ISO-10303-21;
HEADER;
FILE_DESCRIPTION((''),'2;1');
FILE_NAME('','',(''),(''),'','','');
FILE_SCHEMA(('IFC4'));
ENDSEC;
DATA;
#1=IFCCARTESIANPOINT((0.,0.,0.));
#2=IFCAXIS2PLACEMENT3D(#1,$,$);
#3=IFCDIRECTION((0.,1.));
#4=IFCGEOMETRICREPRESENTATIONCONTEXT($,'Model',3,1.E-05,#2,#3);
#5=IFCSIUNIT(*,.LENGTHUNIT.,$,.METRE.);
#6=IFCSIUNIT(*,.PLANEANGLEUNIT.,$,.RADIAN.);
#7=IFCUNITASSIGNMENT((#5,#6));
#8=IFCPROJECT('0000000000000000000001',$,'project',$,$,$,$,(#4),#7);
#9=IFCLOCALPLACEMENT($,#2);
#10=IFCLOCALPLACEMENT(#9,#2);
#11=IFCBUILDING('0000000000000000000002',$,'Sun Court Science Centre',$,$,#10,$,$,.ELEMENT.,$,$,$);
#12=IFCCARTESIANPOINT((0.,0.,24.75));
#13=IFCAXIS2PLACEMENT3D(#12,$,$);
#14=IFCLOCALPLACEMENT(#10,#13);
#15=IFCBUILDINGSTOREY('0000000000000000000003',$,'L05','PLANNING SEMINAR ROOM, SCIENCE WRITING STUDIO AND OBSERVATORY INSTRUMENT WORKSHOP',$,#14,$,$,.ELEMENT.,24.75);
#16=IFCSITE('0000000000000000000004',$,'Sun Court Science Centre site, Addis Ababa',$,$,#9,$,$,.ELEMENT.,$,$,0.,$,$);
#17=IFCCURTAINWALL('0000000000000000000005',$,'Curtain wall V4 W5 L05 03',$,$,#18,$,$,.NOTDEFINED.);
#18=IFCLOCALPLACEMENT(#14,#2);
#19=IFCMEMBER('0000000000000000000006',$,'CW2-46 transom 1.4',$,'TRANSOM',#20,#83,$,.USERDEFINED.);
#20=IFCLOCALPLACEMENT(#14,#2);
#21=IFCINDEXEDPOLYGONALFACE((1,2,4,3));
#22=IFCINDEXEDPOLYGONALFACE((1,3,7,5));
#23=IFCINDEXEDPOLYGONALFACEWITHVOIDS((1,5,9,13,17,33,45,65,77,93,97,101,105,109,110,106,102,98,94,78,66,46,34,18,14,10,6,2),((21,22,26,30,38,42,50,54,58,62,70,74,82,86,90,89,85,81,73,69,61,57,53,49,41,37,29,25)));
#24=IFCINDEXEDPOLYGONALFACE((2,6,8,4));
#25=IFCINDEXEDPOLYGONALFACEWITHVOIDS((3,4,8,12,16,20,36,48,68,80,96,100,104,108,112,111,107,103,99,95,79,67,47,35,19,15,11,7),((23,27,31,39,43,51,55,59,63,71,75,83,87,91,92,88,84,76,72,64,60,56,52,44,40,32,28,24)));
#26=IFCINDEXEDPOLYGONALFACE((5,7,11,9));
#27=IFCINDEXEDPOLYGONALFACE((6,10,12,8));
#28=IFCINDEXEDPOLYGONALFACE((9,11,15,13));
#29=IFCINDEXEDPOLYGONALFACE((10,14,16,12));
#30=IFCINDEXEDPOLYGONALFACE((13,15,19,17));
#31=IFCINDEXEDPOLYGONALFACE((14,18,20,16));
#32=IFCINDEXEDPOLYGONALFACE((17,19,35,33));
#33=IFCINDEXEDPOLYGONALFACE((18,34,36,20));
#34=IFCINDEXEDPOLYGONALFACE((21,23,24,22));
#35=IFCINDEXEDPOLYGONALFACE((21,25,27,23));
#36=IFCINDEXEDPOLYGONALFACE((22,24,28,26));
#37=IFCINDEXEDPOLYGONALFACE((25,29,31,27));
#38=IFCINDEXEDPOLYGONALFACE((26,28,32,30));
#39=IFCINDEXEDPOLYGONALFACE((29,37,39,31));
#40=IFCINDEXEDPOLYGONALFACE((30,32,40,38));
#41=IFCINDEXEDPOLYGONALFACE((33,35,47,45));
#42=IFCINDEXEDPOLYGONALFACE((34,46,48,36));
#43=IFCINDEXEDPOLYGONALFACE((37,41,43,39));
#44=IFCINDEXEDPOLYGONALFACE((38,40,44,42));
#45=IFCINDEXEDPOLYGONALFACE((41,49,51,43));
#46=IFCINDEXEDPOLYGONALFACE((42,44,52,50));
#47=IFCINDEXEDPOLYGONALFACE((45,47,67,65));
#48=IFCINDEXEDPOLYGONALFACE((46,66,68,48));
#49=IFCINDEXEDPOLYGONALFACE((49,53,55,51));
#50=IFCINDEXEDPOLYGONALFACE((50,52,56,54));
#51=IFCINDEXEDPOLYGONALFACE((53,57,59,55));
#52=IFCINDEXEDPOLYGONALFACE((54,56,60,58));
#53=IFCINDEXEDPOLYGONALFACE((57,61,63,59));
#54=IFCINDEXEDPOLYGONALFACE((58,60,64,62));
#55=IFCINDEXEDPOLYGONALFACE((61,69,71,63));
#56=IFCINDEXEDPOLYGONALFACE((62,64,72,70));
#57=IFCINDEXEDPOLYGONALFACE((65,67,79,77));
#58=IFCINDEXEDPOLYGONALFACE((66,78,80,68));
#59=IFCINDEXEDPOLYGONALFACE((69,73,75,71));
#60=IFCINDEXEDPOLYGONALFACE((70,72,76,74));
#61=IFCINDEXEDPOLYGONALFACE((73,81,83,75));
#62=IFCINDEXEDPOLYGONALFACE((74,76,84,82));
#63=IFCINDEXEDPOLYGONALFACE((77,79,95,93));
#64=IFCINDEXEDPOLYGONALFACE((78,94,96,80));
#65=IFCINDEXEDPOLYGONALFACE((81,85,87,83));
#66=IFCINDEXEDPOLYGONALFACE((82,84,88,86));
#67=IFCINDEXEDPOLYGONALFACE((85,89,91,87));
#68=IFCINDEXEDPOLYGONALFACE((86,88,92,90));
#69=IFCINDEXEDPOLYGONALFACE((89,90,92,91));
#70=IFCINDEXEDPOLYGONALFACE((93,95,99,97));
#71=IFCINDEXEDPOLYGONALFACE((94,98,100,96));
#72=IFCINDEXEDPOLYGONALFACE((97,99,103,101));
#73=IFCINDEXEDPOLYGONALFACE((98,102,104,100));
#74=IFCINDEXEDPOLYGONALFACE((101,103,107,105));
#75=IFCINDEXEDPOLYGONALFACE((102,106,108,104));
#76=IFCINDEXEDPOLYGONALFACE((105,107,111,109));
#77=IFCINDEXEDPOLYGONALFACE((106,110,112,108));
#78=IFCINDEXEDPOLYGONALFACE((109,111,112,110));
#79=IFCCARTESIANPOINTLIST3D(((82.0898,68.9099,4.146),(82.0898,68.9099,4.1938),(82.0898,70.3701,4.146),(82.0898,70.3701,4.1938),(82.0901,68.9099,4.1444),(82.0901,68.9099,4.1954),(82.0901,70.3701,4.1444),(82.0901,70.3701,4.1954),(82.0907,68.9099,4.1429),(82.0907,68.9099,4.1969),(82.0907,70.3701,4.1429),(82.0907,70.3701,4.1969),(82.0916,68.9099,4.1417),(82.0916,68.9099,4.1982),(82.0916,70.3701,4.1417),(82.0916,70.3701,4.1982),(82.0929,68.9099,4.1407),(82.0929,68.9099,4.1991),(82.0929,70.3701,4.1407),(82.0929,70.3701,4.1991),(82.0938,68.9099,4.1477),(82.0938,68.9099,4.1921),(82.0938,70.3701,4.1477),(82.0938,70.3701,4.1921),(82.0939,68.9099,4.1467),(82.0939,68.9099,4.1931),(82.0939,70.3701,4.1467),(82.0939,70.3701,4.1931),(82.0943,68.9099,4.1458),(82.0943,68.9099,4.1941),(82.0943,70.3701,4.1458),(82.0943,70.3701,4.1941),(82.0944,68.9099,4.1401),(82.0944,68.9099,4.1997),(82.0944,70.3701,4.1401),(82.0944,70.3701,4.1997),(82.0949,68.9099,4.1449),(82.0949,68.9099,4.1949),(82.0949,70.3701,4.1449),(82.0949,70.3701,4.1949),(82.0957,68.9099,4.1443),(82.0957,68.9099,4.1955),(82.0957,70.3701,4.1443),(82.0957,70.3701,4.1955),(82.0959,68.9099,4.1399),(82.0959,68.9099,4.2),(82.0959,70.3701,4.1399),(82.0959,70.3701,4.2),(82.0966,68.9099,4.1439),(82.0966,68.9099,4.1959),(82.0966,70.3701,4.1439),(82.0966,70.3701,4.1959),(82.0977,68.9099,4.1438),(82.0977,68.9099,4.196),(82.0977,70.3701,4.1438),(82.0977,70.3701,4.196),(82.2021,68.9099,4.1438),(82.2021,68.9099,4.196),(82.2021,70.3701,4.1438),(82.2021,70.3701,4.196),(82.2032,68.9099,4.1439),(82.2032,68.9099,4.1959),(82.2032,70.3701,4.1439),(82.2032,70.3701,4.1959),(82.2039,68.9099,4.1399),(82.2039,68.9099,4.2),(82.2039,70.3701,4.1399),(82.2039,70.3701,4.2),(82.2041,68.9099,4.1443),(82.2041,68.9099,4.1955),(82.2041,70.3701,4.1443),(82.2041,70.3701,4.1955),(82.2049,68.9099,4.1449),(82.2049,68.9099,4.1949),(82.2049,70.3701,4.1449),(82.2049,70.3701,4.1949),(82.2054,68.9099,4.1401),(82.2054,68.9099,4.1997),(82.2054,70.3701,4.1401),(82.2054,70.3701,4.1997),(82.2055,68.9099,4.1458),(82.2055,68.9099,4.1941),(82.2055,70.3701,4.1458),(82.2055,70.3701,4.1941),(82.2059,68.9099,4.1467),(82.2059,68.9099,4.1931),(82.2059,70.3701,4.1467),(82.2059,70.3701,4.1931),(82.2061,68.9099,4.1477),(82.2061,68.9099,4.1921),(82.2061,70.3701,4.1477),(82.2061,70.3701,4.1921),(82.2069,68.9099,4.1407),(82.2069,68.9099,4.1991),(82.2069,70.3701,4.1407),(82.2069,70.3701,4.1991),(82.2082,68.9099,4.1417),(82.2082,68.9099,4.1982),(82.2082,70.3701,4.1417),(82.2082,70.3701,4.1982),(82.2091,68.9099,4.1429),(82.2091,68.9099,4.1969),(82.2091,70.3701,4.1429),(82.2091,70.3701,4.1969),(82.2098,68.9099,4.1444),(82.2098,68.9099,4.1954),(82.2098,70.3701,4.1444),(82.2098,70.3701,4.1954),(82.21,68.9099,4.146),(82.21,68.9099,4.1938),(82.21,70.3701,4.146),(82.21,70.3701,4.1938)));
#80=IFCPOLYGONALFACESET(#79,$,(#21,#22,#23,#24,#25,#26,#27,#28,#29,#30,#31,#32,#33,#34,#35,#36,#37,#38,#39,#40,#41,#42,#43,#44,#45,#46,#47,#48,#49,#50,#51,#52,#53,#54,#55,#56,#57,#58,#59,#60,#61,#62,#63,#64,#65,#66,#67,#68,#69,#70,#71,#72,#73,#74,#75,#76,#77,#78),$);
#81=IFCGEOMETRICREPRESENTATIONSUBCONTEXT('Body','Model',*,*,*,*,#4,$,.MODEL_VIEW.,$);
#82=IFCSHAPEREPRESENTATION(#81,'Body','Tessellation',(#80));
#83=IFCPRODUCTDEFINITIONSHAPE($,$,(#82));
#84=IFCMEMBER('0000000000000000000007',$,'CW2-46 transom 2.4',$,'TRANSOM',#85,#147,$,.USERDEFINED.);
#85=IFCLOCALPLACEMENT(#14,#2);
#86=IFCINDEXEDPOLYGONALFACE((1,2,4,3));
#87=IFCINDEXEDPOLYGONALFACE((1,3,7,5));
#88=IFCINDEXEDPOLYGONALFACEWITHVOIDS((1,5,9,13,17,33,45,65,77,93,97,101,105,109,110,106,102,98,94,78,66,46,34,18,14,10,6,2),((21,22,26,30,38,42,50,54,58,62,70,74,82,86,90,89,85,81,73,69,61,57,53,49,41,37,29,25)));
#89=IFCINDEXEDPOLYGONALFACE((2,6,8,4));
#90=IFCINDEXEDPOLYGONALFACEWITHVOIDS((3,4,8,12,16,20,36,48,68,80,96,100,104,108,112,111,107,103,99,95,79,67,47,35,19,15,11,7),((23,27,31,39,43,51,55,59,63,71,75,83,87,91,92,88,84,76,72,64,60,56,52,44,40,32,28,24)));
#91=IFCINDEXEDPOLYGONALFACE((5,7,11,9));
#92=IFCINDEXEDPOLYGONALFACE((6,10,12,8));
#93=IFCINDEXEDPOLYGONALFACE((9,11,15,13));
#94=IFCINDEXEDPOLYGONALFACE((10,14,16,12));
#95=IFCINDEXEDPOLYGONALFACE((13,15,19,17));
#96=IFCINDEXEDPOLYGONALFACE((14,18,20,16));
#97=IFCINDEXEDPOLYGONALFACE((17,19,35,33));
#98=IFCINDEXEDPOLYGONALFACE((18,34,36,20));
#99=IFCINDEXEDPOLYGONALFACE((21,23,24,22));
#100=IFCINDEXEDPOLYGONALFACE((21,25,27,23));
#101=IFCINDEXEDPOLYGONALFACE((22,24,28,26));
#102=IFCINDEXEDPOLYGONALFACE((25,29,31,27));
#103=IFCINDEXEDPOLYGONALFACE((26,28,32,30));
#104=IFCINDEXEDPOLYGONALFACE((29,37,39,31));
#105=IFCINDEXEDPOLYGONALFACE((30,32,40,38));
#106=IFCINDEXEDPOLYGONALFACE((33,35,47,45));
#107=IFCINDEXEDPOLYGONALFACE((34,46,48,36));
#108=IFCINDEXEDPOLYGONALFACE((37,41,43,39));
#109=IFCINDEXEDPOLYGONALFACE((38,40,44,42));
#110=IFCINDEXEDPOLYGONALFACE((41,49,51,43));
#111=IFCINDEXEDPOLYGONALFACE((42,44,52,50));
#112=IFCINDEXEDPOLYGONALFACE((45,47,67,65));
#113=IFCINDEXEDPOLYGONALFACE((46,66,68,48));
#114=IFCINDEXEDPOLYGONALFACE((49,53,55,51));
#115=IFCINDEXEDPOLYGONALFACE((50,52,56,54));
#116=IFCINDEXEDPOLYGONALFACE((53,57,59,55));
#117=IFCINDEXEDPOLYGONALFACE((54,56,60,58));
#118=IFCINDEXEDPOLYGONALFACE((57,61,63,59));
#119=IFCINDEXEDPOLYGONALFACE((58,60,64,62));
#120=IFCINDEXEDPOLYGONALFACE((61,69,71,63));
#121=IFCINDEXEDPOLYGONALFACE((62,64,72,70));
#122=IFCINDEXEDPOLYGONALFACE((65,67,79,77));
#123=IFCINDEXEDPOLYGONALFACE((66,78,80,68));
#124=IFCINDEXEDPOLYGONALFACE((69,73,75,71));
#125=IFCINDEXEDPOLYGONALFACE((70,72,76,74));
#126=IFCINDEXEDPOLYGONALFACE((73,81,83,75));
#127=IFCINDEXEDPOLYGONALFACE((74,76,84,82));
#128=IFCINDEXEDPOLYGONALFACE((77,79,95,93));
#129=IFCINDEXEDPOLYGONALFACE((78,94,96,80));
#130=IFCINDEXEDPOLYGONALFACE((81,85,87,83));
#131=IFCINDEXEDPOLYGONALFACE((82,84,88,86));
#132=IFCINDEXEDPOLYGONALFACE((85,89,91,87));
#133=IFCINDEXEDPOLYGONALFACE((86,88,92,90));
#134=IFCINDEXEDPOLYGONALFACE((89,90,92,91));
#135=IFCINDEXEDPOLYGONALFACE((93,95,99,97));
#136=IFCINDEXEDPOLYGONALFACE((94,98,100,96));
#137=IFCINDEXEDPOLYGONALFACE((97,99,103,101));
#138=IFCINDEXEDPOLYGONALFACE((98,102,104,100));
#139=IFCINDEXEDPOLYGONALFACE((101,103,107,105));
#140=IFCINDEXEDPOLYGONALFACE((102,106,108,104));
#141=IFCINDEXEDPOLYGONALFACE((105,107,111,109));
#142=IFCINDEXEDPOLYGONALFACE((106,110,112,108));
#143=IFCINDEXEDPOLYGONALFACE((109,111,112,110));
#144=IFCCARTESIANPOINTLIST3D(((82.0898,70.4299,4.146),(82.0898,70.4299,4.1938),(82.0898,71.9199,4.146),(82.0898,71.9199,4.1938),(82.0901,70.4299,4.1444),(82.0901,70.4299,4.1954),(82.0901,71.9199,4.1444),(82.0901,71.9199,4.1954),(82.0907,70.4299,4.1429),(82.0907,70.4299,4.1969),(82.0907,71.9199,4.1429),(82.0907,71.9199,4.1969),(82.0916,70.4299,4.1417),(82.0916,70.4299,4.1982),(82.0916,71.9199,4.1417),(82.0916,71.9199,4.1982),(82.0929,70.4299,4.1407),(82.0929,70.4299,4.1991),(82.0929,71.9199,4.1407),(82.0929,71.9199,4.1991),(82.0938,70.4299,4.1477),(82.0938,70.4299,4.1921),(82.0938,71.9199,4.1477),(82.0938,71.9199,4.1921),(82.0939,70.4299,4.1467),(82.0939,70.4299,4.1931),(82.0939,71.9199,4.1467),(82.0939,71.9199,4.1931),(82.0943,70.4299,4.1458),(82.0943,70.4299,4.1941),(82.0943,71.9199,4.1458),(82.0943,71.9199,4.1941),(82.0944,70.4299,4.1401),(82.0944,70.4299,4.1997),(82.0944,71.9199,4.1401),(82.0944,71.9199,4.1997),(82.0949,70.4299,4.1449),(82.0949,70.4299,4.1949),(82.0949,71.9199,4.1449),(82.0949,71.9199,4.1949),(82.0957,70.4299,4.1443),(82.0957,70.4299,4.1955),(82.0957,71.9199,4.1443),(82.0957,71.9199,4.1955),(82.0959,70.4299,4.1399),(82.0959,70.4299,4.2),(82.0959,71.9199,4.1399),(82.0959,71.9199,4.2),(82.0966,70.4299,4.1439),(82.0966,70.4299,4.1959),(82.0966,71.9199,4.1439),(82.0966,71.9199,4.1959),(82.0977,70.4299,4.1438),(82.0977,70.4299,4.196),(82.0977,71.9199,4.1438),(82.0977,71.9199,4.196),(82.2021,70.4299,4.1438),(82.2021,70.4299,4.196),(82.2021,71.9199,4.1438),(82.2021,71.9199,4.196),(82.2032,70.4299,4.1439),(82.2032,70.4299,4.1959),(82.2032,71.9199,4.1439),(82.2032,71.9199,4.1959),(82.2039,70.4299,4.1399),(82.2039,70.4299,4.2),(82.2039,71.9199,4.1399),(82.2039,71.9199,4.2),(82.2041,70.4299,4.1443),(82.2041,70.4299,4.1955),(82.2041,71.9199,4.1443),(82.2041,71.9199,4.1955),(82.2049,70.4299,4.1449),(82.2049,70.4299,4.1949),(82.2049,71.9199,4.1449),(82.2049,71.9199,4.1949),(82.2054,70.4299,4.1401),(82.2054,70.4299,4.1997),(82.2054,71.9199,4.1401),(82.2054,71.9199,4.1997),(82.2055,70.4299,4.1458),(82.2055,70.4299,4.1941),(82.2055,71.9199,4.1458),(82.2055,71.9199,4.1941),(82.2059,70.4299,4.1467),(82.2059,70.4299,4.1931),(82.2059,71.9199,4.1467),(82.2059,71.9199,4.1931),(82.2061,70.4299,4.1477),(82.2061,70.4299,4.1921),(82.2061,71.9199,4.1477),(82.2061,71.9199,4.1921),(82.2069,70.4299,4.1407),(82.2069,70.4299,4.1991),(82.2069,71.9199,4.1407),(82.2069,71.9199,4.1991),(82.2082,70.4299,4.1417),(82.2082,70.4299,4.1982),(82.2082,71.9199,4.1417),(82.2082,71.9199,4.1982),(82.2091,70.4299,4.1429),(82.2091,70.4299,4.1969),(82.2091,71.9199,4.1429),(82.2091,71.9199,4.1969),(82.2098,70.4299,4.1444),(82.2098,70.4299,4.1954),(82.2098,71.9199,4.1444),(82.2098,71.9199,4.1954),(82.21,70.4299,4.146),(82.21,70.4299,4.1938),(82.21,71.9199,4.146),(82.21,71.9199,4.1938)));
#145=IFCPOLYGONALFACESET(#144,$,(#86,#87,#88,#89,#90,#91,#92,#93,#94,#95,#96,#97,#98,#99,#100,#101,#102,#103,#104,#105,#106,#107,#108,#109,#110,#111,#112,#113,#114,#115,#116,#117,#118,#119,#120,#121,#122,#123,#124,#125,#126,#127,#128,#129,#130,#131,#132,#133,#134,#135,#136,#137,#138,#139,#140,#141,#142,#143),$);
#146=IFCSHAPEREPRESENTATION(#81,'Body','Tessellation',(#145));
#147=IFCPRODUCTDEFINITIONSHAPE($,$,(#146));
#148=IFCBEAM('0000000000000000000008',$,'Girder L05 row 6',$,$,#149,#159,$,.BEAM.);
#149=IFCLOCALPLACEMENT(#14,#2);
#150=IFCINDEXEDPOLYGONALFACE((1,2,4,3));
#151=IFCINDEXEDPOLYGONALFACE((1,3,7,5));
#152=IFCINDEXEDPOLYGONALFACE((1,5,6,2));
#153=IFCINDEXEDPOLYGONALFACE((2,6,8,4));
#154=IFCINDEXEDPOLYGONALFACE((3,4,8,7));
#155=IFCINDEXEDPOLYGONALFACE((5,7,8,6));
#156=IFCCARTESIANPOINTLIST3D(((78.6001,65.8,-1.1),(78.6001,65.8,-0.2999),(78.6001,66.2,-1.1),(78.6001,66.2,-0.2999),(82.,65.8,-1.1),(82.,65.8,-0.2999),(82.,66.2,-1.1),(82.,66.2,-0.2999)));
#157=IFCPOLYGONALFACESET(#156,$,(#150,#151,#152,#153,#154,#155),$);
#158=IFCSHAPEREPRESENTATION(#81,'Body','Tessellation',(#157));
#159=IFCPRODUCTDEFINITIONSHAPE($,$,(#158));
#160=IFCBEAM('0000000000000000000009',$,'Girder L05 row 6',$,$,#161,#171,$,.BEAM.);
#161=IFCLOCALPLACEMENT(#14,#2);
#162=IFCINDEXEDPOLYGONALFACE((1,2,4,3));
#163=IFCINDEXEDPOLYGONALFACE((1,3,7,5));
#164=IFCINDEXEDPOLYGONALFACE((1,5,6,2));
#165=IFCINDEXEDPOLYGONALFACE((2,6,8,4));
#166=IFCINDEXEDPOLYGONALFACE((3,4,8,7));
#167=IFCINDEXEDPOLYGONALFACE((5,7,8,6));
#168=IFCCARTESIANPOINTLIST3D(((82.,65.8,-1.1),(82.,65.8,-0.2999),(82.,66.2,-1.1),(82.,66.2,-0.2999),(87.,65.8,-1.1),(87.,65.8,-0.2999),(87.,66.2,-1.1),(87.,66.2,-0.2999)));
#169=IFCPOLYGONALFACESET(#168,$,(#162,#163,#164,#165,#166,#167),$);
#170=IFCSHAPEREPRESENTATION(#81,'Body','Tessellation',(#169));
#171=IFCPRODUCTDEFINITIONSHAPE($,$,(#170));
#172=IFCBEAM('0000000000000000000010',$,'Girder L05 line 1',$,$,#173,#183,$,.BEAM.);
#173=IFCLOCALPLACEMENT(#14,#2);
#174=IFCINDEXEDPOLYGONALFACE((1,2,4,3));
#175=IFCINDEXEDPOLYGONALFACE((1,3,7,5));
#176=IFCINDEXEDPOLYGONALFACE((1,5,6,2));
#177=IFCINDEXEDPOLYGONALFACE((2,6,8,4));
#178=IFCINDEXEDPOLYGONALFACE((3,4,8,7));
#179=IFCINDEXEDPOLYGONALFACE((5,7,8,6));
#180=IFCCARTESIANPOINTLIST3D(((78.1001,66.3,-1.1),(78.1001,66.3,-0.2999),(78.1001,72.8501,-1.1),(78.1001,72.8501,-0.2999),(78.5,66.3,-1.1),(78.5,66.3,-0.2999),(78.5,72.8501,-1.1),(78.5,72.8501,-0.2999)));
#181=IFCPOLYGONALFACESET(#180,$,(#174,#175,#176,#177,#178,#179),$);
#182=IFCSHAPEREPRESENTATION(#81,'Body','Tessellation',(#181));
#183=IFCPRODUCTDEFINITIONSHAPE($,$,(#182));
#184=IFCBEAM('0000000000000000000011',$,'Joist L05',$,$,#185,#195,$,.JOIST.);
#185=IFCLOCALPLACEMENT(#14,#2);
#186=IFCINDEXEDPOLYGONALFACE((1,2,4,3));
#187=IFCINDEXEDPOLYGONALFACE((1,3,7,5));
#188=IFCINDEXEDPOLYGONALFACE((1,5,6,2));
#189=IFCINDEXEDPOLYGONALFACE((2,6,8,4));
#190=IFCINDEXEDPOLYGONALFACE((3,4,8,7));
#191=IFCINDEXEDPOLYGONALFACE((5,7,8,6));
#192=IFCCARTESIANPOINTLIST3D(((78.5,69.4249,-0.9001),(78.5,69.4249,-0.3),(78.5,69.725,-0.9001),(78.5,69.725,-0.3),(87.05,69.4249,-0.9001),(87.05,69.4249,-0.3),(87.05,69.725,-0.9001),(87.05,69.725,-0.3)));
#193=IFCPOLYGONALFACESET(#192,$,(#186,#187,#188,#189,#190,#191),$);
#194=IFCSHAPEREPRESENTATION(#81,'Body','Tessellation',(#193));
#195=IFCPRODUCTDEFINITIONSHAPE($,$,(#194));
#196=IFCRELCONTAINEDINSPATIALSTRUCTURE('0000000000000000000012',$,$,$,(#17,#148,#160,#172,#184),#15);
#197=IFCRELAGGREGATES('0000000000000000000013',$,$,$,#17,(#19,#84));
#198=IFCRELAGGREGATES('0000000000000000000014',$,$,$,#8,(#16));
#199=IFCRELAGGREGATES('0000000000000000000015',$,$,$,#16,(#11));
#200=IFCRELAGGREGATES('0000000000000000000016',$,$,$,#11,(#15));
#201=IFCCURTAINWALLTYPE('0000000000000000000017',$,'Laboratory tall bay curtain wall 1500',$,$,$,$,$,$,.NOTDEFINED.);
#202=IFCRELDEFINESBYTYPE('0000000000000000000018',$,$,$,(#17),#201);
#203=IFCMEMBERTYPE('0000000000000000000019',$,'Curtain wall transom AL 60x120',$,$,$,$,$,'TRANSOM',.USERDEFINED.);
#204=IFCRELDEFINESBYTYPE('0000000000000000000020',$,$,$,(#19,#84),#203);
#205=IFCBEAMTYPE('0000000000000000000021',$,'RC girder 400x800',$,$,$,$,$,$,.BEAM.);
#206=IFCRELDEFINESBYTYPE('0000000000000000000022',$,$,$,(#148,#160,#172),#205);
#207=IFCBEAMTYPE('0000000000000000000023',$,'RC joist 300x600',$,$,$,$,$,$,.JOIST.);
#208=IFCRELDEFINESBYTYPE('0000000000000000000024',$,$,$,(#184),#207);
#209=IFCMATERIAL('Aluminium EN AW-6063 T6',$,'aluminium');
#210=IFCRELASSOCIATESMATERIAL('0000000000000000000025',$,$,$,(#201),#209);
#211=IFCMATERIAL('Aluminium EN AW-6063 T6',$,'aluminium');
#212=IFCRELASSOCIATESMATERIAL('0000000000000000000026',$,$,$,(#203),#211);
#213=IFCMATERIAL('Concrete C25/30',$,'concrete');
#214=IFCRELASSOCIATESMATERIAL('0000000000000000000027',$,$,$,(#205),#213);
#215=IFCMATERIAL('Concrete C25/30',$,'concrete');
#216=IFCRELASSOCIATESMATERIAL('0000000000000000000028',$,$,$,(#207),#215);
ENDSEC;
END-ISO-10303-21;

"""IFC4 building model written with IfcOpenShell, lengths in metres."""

from ifc_helpers import new_model, si_unit, direction, frame, origin, origin_2d, place, context, subcontext, project, spatial, rectangle, hollow_rectangle, extrude, material, material_profile, profile_set, type_object, element, aggregate, save


model = new_model("IFC4")

# Units and contexts
model_context = context("Model", 3, precision=1e-05, world=origin(), true_north=direction((0.0, 1.0)))
body_context = subcontext(model_context, "Body", "Model", "MODEL_VIEW")
ifc_project = project(units=[si_unit("LENGTHUNIT", "METRE"), si_unit("PLANEANGLEUNIT", "RADIAN")], contexts=[model_context])

# Site, building, storey
site_placement = place(None, origin())
site = spatial("IfcSite", under=ifc_project, at=site_placement, Name="Sun Court Science Centre site, Addis Ababa", CompositionType="ELEMENT", RefElevation=0.0)
building_placement = place(site_placement, origin())
building = spatial("IfcBuilding", under=site, at=building_placement, Name="Sun Court Science Centre", CompositionType="ELEMENT")
storey_placement = place(building_placement, frame((0.0, 0.0, 24.75)))
storey = spatial("IfcBuildingStorey", under=building, at=storey_placement, Name="L05", Description="PLANNING SEMINAR ROOM, SCIENCE WRITING STUDIO AND OBSERVATORY INSTRUMENT WORKSHOP", CompositionType="ELEMENT", Elevation=24.75)

# Curtain wall, members
ifc_material_1 = material(Name="Aluminium EN AW-6063 T6", Category="aluminium")
curtain_wall_type = type_object("IfcCurtainWallType", Name="Laboratory tall bay curtain wall 1500", PredefinedType="NOTDEFINED", material=ifc_material_1)
curtain_wall_placement = place(storey_placement, origin())
curtain_wall = element("IfcCurtainWall", 1, at=curtain_wall_placement, inside=storey, type_object=curtain_wall_type, Name="Curtain wall V4 W5 L05 03", PredefinedType="NOTDEFINED")
ifc_material_2 = material(Name="Aluminium EN AW-6063 T6", Category="aluminium")
ifc_material_profile_1 = material_profile(ifc_material_2, hollow_rectangle(XDim=0.0601, YDim=0.1201, WallThickness=0.0039, InnerFilletRadius=0.0039, OuterFilletRadius=0.0061, at=origin_2d()), Name="AL 60x120x4")
ifc_profile_set_1 = profile_set([ifc_material_profile_1], Name="Aluminium EN AW-6063 T6")
member_type_1 = type_object("IfcMemberType", Name="Curtain wall transom AL 60x120", ElementType="TRANSOM", PredefinedType="USERDEFINED", material=ifc_profile_set_1)
member_1_placement = place(storey_placement, frame((82.1499, 68.9099, 4.1699), z_axis=(0.0, 1.0, 0.0), x_axis=(0.0, 0.0, 1.0)))
member_1 = element("IfcMember", 2, at=member_1_placement, type_object=member_type_1, Name="CW2-46 transom 1.4", ObjectType="TRANSOM", PredefinedType="USERDEFINED", context=body_context, shape_type="SweptSolid", body=[
    extrude(hollow_rectangle(XDim=0.0601, YDim=0.1201, WallThickness=0.0039, InnerFilletRadius=0.0039, OuterFilletRadius=0.0061, at=origin_2d()), origin(), (0.0, 0.0, 1.0), 1.4602),
])
member_2_placement = place(storey_placement, frame((82.1499, 70.4299, 4.1699), z_axis=(0.0, 1.0, 0.0), x_axis=(0.0, 0.0, 1.0)))
member_2 = element("IfcMember", 3, at=member_2_placement, type_object=member_type_1, Name="CW2-46 transom 2.4", ObjectType="TRANSOM", PredefinedType="USERDEFINED", context=body_context, shape_type="SweptSolid", body=[
    extrude(hollow_rectangle(XDim=0.0601, YDim=0.1201, WallThickness=0.0039, InnerFilletRadius=0.0039, OuterFilletRadius=0.0061, at=origin_2d()), origin(), (0.0, 0.0, 1.0), 1.49),
])

# Beams
ifc_material_3 = material(Name="Concrete C25/30", Category="concrete")
ifc_material_profile_2 = material_profile(ifc_material_3, rectangle(XDim=0.3999, YDim=0.8, at=origin_2d()), Name="RC 400x800")
ifc_profile_set_2 = profile_set([ifc_material_profile_2], Name="Concrete C25/30")
beam_type_1 = type_object("IfcBeamType", Name="RC girder 400x800", PredefinedType="BEAM", material=ifc_profile_set_2)
beam_1_placement = place(storey_placement, frame((78.6001, 66.0, -0.7), z_axis=(1.0, 0.0, 0.0), x_axis=(0.0, 1.0, 0.0)))
element("IfcBeam", 4, at=beam_1_placement, inside=storey, type_object=beam_type_1, Name="Girder L05 row 6", PredefinedType="BEAM", context=body_context, shape_type="SweptSolid", body=[
    extrude(rectangle(XDim=0.3999, YDim=0.8, at=origin_2d()), origin(), (0.0, 0.0, 1.0), 3.3999),
])
beam_2_placement = place(storey_placement, frame((82.0, 66.0, -0.7), z_axis=(1.0, 0.0, 0.0), x_axis=(0.0, 1.0, 0.0)))
element("IfcBeam", 5, at=beam_2_placement, inside=storey, type_object=beam_type_1, Name="Girder L05 row 6", PredefinedType="BEAM", context=body_context, shape_type="SweptSolid", body=[
    extrude(rectangle(XDim=0.3999, YDim=0.8, at=origin_2d()), origin(), (0.0, 0.0, 1.0), 5.0),
])
beam_3_placement = place(storey_placement, frame((78.3, 66.3, -0.7), z_axis=(0.0, 1.0, 0.0), x_axis=(-1.0, 0.0, 0.0)))
element("IfcBeam", 6, at=beam_3_placement, inside=storey, type_object=beam_type_1, Name="Girder L05 line 1", PredefinedType="BEAM", context=body_context, shape_type="SweptSolid", body=[
    extrude(rectangle(XDim=0.3999, YDim=0.8, at=origin_2d()), origin(), (0.0, 0.0, 1.0), 6.55),
])
ifc_material_4 = material(Name="Concrete C25/30", Category="concrete")
ifc_material_profile_3 = material_profile(ifc_material_4, rectangle(XDim=0.3, YDim=0.6001, at=origin_2d()), Name="RC 300x600")
ifc_profile_set_3 = profile_set([ifc_material_profile_3], Name="Concrete C25/30")
beam_type_2 = type_object("IfcBeamType", Name="RC joist 300x600", PredefinedType="JOIST", material=ifc_profile_set_3)
beam_4_placement = place(storey_placement, frame((78.5, 69.575, -0.6001), z_axis=(1.0, 0.0, 0.0), x_axis=(0.0, 1.0, 0.0)))
element("IfcBeam", 7, at=beam_4_placement, inside=storey, type_object=beam_type_2, Name="Joist L05", PredefinedType="JOIST", context=body_context, shape_type="SweptSolid", body=[
    extrude(rectangle(XDim=0.3, YDim=0.6001, at=origin_2d()), origin(), (0.0, 0.0, 1.0), 8.55),
])

aggregate(curtain_wall, [member_1, member_2])

save(model, "model.ifc")
